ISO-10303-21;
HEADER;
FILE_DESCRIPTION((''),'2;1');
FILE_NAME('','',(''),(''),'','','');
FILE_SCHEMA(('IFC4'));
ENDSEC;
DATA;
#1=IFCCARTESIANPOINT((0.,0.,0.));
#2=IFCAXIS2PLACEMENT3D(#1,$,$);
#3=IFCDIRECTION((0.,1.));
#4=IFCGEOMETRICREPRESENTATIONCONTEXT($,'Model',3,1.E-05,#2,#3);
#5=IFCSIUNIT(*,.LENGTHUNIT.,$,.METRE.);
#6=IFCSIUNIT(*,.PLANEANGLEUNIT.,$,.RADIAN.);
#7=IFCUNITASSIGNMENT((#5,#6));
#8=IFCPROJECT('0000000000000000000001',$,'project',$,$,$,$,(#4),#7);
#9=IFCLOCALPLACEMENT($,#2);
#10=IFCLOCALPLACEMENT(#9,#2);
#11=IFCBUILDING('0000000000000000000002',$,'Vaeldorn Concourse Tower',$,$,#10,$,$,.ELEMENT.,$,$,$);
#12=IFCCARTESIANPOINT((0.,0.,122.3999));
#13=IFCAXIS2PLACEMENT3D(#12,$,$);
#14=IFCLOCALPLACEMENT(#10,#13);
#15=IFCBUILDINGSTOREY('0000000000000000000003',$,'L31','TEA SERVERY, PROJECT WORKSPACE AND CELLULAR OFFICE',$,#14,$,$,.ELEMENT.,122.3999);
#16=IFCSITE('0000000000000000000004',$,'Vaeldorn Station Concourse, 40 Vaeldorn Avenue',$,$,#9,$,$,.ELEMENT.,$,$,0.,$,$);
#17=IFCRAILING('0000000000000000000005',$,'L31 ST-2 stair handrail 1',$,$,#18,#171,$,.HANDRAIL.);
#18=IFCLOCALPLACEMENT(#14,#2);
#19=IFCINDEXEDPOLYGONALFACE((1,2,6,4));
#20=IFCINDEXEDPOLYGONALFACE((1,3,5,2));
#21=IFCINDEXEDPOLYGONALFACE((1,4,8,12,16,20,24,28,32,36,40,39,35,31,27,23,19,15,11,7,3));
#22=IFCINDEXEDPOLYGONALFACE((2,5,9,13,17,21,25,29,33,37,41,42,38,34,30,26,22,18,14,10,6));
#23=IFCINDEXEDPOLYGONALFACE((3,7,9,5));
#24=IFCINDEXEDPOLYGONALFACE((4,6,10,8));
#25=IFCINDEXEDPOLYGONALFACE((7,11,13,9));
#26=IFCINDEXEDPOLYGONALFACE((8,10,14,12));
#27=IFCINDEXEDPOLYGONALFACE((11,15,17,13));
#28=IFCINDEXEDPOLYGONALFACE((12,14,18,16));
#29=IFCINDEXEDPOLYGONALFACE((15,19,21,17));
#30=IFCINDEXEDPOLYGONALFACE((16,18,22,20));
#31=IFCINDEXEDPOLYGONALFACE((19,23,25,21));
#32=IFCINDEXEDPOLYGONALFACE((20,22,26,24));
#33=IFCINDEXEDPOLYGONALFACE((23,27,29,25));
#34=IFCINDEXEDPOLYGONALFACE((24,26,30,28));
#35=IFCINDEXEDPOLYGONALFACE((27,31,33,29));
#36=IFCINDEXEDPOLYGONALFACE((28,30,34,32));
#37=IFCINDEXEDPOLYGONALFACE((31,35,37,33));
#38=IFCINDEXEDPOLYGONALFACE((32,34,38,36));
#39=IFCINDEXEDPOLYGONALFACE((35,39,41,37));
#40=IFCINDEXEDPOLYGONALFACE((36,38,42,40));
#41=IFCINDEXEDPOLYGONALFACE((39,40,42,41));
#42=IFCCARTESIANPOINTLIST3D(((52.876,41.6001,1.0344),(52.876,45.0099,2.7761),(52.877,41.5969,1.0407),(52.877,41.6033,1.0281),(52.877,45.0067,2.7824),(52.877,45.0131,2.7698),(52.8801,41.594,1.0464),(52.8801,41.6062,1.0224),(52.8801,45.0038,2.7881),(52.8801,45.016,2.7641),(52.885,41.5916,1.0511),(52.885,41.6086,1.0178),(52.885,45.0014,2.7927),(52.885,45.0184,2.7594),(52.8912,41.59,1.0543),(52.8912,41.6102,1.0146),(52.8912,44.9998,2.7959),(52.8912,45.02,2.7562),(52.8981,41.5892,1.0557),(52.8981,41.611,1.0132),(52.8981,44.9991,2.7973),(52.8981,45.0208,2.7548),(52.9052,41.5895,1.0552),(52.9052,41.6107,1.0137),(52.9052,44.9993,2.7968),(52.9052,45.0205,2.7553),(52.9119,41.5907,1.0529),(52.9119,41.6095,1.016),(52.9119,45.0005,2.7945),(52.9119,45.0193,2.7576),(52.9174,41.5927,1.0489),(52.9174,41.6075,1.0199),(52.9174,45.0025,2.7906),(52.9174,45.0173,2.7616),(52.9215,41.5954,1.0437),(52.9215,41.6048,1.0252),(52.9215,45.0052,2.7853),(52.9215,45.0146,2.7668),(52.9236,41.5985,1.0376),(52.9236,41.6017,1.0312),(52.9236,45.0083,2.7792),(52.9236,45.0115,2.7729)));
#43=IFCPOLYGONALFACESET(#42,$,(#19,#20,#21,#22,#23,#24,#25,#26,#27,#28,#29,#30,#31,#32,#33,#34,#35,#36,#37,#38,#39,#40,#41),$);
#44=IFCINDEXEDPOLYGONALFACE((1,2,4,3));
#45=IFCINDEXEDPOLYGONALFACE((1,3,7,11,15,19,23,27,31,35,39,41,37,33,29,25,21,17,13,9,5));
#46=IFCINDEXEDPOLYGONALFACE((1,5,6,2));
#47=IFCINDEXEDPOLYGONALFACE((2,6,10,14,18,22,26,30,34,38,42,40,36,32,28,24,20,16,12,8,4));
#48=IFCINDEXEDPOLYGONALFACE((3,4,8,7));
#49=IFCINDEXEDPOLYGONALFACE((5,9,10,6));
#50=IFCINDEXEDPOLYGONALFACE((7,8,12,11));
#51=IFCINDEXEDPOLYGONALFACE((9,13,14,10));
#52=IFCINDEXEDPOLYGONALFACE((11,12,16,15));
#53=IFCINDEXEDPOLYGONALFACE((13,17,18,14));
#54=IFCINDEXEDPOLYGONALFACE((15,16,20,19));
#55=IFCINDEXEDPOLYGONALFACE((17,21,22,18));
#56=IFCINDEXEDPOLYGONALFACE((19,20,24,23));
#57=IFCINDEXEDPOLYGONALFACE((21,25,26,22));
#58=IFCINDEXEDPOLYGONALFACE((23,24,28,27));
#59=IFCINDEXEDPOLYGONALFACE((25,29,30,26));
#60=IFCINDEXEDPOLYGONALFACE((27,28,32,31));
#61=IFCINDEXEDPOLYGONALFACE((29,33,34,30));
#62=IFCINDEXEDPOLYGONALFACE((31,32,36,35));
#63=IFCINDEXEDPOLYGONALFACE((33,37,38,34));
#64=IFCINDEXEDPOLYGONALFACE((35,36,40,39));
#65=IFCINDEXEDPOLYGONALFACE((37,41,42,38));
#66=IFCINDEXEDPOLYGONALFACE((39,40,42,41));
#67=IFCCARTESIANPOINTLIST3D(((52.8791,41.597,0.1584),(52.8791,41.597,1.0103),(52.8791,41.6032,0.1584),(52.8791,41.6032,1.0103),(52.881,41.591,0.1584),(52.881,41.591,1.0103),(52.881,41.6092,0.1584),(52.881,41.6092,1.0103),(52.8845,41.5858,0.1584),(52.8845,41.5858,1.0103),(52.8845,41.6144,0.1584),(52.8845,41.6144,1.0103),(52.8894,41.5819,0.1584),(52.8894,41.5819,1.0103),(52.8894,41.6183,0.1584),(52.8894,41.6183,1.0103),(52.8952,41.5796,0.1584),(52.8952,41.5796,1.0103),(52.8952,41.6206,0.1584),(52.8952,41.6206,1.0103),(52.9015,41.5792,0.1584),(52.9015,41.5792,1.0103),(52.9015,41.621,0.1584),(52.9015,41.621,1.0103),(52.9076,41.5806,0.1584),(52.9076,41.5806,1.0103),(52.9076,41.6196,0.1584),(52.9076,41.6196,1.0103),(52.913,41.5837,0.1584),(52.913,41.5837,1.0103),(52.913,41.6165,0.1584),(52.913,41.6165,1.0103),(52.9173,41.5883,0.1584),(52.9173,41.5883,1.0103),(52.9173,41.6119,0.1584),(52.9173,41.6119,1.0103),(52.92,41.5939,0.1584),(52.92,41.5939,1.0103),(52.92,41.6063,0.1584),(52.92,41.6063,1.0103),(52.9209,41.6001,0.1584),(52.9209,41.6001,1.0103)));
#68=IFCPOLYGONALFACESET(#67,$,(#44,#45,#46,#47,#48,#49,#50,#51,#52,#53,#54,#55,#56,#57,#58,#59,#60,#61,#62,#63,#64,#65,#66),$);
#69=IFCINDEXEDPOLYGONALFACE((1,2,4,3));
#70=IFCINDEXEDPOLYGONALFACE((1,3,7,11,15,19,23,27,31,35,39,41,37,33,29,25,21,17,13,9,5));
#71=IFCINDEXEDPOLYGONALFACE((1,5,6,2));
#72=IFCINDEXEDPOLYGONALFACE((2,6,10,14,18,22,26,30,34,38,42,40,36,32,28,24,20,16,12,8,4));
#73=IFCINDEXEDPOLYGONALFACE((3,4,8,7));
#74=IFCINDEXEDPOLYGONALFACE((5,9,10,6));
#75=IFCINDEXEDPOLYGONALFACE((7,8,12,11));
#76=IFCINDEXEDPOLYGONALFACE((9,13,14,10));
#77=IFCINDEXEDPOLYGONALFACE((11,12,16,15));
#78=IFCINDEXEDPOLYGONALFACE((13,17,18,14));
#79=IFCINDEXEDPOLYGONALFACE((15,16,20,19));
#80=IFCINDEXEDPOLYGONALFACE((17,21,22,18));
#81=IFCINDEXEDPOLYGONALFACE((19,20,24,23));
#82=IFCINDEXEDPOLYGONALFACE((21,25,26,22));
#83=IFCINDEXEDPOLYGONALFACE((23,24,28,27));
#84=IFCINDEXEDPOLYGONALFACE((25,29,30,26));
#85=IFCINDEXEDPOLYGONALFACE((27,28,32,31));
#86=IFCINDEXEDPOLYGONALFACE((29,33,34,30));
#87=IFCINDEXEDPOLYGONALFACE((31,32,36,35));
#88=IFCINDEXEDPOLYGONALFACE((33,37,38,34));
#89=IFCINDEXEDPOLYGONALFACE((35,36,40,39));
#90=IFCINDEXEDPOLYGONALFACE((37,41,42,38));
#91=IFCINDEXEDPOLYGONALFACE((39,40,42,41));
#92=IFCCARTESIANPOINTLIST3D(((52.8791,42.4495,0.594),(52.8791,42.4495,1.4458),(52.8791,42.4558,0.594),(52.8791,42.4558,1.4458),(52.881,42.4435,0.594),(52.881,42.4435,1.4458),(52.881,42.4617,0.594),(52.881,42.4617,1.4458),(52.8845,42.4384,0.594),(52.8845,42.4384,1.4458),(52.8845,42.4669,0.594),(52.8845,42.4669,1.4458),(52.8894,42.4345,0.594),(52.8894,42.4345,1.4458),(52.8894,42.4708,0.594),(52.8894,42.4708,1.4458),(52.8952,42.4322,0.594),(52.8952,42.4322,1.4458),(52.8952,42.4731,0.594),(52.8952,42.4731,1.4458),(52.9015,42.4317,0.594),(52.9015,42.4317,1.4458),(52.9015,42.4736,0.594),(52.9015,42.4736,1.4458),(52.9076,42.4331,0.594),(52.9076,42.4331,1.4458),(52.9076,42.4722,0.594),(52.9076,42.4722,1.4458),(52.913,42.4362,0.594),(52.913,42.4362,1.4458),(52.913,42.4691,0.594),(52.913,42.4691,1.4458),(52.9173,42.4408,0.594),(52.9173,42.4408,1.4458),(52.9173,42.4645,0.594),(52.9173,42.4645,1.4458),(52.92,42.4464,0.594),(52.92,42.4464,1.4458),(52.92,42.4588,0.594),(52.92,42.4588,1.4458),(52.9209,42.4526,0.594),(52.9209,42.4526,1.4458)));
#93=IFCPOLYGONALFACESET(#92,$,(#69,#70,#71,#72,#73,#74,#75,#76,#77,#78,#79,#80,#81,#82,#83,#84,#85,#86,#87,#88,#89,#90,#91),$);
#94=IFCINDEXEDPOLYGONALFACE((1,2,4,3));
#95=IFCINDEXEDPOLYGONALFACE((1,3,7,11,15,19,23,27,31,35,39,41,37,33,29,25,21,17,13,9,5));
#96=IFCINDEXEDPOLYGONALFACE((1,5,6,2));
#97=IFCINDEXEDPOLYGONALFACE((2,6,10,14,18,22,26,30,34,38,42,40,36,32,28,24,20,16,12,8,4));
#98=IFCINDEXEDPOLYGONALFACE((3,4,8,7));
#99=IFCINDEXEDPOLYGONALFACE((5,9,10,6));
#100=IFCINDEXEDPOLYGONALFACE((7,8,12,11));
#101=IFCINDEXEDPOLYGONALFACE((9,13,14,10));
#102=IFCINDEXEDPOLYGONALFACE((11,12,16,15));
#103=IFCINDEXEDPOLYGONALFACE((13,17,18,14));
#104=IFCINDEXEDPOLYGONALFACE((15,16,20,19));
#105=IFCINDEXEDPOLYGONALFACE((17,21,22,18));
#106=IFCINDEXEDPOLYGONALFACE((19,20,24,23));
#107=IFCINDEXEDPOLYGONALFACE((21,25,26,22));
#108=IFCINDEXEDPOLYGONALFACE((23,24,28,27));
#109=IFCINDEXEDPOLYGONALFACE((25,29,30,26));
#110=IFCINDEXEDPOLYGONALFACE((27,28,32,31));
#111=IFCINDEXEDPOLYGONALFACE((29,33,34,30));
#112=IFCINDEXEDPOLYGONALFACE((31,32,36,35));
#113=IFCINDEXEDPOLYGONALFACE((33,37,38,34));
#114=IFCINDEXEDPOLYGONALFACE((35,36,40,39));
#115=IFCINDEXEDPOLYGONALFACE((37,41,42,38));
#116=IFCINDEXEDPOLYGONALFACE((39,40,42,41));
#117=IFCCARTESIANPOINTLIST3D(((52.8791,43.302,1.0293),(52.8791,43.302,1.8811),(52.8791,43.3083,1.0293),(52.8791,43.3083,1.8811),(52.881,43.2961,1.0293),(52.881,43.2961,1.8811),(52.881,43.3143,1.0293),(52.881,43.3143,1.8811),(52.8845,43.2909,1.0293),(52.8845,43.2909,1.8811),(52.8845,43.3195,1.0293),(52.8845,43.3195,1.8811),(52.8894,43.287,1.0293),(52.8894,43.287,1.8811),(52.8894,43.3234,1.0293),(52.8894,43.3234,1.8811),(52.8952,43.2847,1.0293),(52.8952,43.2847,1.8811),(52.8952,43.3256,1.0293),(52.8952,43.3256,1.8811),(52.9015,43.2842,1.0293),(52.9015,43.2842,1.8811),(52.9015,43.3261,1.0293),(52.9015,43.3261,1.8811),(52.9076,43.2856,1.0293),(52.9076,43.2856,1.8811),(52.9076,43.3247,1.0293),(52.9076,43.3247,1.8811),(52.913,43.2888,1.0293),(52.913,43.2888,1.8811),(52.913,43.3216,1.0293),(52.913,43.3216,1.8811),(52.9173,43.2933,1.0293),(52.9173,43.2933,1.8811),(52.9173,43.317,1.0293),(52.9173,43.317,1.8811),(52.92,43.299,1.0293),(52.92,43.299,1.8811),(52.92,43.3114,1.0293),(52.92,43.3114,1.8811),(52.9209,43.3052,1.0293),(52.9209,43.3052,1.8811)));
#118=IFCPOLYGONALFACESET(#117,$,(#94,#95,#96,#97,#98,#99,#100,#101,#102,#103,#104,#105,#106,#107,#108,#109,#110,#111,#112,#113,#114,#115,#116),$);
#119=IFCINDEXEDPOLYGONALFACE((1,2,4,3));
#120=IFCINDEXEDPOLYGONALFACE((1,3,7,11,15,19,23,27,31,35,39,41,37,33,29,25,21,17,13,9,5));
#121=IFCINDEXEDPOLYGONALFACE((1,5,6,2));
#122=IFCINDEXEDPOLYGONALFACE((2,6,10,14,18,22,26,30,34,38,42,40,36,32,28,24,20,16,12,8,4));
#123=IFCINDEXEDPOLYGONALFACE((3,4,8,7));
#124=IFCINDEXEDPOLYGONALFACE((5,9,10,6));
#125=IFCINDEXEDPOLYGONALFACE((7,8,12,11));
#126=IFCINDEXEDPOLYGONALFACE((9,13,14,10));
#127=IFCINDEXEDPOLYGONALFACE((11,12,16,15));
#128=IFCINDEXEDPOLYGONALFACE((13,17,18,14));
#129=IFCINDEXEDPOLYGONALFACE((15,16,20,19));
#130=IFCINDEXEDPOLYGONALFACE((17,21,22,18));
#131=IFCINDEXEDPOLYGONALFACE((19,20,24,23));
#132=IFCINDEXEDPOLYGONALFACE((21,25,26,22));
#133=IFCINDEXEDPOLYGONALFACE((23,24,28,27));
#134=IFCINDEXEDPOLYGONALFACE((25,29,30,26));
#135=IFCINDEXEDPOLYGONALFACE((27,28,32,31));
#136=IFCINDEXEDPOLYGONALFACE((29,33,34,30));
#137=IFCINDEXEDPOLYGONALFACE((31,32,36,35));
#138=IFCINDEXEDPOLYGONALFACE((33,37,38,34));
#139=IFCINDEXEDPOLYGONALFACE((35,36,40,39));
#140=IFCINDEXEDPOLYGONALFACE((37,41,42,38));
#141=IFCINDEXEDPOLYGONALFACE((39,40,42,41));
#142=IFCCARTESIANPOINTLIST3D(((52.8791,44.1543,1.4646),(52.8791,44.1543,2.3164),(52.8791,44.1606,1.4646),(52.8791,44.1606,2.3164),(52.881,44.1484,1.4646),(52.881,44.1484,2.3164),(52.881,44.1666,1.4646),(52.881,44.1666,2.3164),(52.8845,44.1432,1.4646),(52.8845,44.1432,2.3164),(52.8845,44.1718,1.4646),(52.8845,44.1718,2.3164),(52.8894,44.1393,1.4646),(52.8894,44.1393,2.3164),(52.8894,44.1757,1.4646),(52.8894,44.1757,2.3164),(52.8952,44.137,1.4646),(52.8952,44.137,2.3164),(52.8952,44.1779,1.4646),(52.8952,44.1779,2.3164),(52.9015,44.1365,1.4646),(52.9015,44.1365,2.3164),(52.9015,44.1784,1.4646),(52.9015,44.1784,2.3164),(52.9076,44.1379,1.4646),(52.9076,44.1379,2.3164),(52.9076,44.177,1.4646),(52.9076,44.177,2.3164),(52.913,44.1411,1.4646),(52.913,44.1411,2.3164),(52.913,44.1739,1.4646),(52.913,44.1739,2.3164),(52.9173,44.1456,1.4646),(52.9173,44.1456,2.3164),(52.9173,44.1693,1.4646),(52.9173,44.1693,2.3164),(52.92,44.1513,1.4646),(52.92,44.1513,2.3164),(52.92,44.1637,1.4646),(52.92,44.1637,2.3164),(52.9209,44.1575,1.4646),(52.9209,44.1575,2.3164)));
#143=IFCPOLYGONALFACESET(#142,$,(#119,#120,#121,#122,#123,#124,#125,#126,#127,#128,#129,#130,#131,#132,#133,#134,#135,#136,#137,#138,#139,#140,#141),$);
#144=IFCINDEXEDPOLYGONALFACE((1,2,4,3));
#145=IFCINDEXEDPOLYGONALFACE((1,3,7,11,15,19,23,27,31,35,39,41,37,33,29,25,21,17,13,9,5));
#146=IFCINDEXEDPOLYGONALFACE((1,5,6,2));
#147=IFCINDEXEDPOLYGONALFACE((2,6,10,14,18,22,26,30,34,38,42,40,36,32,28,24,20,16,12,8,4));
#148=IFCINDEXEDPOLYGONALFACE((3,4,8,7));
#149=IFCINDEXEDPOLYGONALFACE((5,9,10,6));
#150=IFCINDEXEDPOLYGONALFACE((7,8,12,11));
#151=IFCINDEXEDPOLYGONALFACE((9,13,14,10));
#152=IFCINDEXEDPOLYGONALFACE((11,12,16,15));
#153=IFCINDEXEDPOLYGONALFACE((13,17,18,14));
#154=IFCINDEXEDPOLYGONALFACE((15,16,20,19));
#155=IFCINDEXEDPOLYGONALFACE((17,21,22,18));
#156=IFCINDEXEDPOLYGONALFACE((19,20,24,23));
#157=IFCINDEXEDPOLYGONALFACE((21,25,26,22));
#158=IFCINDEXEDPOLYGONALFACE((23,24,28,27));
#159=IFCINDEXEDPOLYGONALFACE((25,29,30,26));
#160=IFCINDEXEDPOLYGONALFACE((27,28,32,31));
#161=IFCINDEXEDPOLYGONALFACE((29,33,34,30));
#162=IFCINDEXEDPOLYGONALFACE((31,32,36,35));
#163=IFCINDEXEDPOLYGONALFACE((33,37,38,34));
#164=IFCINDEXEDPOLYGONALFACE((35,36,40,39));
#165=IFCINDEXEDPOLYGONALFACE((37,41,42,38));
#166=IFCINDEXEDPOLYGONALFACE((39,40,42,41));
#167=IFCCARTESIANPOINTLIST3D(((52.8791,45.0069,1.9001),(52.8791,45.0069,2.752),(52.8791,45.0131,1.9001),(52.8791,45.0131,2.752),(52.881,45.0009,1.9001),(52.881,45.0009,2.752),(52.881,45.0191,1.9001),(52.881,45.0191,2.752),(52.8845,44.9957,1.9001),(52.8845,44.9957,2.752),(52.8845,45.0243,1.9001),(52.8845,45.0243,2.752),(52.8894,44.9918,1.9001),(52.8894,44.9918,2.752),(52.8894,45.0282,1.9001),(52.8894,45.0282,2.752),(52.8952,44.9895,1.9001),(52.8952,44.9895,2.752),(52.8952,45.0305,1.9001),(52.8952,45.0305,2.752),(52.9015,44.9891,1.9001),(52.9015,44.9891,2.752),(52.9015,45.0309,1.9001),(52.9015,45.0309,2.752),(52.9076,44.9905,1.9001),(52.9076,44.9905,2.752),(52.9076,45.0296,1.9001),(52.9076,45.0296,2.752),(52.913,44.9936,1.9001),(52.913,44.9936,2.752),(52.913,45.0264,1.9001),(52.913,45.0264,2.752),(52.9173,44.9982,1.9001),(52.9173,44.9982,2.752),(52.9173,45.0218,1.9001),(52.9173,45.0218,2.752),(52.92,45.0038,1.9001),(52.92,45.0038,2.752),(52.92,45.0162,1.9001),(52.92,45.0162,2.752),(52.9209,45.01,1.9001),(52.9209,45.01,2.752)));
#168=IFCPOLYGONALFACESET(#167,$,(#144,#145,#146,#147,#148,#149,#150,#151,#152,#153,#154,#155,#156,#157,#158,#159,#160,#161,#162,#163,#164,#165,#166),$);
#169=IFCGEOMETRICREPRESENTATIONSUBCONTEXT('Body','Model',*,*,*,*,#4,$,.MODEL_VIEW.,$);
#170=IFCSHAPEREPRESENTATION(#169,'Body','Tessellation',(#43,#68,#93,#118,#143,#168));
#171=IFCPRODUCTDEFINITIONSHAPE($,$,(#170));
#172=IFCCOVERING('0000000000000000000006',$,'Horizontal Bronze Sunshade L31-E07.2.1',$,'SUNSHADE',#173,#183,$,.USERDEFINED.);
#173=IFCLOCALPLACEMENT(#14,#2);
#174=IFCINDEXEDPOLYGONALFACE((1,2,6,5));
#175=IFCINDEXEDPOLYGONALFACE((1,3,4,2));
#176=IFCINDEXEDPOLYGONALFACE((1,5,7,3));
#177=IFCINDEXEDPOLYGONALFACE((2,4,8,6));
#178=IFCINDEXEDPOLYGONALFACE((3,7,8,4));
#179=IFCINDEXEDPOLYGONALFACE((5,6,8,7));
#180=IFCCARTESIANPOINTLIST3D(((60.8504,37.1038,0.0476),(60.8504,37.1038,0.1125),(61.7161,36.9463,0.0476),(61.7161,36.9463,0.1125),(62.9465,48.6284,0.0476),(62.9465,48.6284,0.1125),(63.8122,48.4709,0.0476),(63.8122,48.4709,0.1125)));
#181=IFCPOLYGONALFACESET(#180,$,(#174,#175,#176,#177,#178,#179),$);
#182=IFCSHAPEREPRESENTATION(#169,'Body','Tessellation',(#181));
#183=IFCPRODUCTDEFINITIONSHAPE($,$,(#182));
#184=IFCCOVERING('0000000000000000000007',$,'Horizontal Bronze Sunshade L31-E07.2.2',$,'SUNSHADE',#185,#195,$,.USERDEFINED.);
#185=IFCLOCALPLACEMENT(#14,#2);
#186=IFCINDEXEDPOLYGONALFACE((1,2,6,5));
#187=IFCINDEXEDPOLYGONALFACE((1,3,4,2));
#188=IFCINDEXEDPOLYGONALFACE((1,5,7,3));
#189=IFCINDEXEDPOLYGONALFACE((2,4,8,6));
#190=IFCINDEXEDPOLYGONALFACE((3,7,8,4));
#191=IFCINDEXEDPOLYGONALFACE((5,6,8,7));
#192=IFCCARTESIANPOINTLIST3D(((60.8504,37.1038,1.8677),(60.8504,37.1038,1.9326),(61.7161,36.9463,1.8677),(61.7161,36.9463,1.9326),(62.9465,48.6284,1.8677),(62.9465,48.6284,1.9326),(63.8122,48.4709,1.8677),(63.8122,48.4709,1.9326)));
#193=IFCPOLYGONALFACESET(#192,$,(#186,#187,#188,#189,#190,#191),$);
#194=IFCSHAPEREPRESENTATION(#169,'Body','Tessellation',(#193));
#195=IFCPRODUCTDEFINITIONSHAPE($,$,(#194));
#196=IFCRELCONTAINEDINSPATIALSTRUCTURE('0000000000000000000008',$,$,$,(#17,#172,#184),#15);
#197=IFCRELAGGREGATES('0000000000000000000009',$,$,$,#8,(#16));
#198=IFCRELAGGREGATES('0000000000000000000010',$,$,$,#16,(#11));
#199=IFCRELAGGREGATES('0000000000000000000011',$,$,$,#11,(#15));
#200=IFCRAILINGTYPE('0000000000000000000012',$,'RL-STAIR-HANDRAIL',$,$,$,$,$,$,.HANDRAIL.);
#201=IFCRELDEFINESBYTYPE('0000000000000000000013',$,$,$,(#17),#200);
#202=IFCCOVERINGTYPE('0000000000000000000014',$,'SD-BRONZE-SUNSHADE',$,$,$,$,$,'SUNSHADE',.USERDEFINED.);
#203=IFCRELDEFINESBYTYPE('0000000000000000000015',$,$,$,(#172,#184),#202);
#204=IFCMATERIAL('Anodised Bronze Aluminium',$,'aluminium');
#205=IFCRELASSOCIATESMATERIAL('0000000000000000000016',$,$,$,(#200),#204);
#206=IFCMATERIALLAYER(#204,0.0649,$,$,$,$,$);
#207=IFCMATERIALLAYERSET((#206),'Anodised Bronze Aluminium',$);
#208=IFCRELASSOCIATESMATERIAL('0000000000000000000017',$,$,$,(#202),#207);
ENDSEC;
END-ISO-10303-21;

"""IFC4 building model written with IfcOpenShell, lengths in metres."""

from ifc_helpers import new_model, si_unit, direction, frame, origin, origin_2d, place, context, subcontext, project, spatial, rectangle, circle, extrude, source, transform, mapped, material, layer, layer_set, type_object, element, save


model = new_model("IFC4")

# Units and contexts
model_context = context("Model", 3, precision=1e-05, world=origin(), true_north=direction((0.0, 1.0)))
body_context = subcontext(model_context, "Body", "Model", "MODEL_VIEW")
ifc_project = project(units=[si_unit("LENGTHUNIT", "METRE"), si_unit("PLANEANGLEUNIT", "RADIAN")], contexts=[model_context])

# Site, building, storey
site_placement = place(None, origin())
site = spatial("IfcSite", under=ifc_project, at=site_placement, Name="Vaeldorn Station Concourse, 40 Vaeldorn Avenue", CompositionType="ELEMENT", RefElevation=0.0)
building_placement = place(site_placement, origin())
building = spatial("IfcBuilding", under=site, at=building_placement, Name="Vaeldorn Concourse Tower", CompositionType="ELEMENT")
storey_placement = place(building_placement, frame((0.0, 0.0, 122.3999)))
storey = spatial("IfcBuildingStorey", under=building, at=storey_placement, Name="L31", Description="TEA SERVERY, PROJECT WORKSPACE AND CELLULAR OFFICE", CompositionType="ELEMENT", Elevation=122.3999)

# Shared definitions
ifc_material_1 = material(Name="Anodised Bronze Aluminium", Category="aluminium")

# Railing
railing_type_1 = type_object("IfcRailingType", Name="RL-STAIR-HANDRAIL", PredefinedType="HANDRAIL", material=ifc_material_1)
railing_1_placement = place(storey_placement, frame((52.8999, 41.6001, 0.1584)))
element("IfcRailing", 1, at=railing_1_placement, inside=storey, type_object=railing_type_1, Name="L31 ST-2 stair handrail 1", PredefinedType="HANDRAIL", context=body_context, shape_type="SweptSolid", body=[
    extrude(circle(Radius=0.0239, at=origin_2d()), frame((0.0, 0.0, 0.876), z_axis=(0.0, 0.890556, 0.454874), x_axis=(-1.0, 0.0, 0.0)), (0.0, 0.0, 1.0), 3.8289),
    extrude(circle(Radius=0.021, at=origin_2d()), origin(), (0.0, 0.0, 1.0), 0.8518),
    extrude(circle(Radius=0.021, at=origin_2d()), frame((0.0, 0.8525, 0.4355)), (0.0, 0.0, 1.0), 0.8518),
    extrude(circle(Radius=0.021, at=origin_2d()), frame((0.0, 1.7051, 0.8708)), (0.0, 0.0, 1.0), 0.8518),
    extrude(circle(Radius=0.021, at=origin_2d()), frame((0.0, 2.5574, 1.3062)), (0.0, 0.0, 1.0), 0.8518),
    extrude(circle(Radius=0.021, at=origin_2d()), frame((0.0, 3.4099, 1.7417)), (0.0, 0.0, 1.0), 0.8518),
])

# Coverings
ifc_layer_1 = layer(ifc_material_1, 0.0649)
ifc_layer_set_1 = layer_set([ifc_layer_1], Name="Anodised Bronze Aluminium")
covering_type = type_object("IfcCoveringType", Name="SD-BRONZE-SUNSHADE", ElementType="SUNSHADE", PredefinedType="USERDEFINED", material=ifc_layer_set_1)
shared_shape_1 = source(origin(), body_context, "Body", "SweptSolid", [
    extrude(rectangle(XDim=11.7136, YDim=0.8799, at=origin_2d()), origin(), (0.0, 0.0, 1.0), 0.0649),
])
for number, where, z_axis, x_axis, name in (
    (2, (62.3313, 42.7874, 0.0476), (0.0, 0.0, 1.0), (0.17894, 0.98386, 0.0), "Horizontal Bronze Sunshade L31-E07.2.1"),
    (3, (62.3313, 42.7874, 1.8677), (0.0, 0.0, 1.0), (0.17894, 0.98386, 0.0), "Horizontal Bronze Sunshade L31-E07.2.2"),
):
    element("IfcCovering", number, at=place(storey_placement, frame(where, z_axis=z_axis, x_axis=x_axis)), inside=storey, type_object=covering_type, Name=name, ObjectType="SUNSHADE", PredefinedType="USERDEFINED", context=body_context, shape_type="MappedRepresentation", body=[
        mapped(shared_shape_1, transform((0.0, 0.0, 0.0), scale=1.0)),
    ])

save(model, "model.ifc")
